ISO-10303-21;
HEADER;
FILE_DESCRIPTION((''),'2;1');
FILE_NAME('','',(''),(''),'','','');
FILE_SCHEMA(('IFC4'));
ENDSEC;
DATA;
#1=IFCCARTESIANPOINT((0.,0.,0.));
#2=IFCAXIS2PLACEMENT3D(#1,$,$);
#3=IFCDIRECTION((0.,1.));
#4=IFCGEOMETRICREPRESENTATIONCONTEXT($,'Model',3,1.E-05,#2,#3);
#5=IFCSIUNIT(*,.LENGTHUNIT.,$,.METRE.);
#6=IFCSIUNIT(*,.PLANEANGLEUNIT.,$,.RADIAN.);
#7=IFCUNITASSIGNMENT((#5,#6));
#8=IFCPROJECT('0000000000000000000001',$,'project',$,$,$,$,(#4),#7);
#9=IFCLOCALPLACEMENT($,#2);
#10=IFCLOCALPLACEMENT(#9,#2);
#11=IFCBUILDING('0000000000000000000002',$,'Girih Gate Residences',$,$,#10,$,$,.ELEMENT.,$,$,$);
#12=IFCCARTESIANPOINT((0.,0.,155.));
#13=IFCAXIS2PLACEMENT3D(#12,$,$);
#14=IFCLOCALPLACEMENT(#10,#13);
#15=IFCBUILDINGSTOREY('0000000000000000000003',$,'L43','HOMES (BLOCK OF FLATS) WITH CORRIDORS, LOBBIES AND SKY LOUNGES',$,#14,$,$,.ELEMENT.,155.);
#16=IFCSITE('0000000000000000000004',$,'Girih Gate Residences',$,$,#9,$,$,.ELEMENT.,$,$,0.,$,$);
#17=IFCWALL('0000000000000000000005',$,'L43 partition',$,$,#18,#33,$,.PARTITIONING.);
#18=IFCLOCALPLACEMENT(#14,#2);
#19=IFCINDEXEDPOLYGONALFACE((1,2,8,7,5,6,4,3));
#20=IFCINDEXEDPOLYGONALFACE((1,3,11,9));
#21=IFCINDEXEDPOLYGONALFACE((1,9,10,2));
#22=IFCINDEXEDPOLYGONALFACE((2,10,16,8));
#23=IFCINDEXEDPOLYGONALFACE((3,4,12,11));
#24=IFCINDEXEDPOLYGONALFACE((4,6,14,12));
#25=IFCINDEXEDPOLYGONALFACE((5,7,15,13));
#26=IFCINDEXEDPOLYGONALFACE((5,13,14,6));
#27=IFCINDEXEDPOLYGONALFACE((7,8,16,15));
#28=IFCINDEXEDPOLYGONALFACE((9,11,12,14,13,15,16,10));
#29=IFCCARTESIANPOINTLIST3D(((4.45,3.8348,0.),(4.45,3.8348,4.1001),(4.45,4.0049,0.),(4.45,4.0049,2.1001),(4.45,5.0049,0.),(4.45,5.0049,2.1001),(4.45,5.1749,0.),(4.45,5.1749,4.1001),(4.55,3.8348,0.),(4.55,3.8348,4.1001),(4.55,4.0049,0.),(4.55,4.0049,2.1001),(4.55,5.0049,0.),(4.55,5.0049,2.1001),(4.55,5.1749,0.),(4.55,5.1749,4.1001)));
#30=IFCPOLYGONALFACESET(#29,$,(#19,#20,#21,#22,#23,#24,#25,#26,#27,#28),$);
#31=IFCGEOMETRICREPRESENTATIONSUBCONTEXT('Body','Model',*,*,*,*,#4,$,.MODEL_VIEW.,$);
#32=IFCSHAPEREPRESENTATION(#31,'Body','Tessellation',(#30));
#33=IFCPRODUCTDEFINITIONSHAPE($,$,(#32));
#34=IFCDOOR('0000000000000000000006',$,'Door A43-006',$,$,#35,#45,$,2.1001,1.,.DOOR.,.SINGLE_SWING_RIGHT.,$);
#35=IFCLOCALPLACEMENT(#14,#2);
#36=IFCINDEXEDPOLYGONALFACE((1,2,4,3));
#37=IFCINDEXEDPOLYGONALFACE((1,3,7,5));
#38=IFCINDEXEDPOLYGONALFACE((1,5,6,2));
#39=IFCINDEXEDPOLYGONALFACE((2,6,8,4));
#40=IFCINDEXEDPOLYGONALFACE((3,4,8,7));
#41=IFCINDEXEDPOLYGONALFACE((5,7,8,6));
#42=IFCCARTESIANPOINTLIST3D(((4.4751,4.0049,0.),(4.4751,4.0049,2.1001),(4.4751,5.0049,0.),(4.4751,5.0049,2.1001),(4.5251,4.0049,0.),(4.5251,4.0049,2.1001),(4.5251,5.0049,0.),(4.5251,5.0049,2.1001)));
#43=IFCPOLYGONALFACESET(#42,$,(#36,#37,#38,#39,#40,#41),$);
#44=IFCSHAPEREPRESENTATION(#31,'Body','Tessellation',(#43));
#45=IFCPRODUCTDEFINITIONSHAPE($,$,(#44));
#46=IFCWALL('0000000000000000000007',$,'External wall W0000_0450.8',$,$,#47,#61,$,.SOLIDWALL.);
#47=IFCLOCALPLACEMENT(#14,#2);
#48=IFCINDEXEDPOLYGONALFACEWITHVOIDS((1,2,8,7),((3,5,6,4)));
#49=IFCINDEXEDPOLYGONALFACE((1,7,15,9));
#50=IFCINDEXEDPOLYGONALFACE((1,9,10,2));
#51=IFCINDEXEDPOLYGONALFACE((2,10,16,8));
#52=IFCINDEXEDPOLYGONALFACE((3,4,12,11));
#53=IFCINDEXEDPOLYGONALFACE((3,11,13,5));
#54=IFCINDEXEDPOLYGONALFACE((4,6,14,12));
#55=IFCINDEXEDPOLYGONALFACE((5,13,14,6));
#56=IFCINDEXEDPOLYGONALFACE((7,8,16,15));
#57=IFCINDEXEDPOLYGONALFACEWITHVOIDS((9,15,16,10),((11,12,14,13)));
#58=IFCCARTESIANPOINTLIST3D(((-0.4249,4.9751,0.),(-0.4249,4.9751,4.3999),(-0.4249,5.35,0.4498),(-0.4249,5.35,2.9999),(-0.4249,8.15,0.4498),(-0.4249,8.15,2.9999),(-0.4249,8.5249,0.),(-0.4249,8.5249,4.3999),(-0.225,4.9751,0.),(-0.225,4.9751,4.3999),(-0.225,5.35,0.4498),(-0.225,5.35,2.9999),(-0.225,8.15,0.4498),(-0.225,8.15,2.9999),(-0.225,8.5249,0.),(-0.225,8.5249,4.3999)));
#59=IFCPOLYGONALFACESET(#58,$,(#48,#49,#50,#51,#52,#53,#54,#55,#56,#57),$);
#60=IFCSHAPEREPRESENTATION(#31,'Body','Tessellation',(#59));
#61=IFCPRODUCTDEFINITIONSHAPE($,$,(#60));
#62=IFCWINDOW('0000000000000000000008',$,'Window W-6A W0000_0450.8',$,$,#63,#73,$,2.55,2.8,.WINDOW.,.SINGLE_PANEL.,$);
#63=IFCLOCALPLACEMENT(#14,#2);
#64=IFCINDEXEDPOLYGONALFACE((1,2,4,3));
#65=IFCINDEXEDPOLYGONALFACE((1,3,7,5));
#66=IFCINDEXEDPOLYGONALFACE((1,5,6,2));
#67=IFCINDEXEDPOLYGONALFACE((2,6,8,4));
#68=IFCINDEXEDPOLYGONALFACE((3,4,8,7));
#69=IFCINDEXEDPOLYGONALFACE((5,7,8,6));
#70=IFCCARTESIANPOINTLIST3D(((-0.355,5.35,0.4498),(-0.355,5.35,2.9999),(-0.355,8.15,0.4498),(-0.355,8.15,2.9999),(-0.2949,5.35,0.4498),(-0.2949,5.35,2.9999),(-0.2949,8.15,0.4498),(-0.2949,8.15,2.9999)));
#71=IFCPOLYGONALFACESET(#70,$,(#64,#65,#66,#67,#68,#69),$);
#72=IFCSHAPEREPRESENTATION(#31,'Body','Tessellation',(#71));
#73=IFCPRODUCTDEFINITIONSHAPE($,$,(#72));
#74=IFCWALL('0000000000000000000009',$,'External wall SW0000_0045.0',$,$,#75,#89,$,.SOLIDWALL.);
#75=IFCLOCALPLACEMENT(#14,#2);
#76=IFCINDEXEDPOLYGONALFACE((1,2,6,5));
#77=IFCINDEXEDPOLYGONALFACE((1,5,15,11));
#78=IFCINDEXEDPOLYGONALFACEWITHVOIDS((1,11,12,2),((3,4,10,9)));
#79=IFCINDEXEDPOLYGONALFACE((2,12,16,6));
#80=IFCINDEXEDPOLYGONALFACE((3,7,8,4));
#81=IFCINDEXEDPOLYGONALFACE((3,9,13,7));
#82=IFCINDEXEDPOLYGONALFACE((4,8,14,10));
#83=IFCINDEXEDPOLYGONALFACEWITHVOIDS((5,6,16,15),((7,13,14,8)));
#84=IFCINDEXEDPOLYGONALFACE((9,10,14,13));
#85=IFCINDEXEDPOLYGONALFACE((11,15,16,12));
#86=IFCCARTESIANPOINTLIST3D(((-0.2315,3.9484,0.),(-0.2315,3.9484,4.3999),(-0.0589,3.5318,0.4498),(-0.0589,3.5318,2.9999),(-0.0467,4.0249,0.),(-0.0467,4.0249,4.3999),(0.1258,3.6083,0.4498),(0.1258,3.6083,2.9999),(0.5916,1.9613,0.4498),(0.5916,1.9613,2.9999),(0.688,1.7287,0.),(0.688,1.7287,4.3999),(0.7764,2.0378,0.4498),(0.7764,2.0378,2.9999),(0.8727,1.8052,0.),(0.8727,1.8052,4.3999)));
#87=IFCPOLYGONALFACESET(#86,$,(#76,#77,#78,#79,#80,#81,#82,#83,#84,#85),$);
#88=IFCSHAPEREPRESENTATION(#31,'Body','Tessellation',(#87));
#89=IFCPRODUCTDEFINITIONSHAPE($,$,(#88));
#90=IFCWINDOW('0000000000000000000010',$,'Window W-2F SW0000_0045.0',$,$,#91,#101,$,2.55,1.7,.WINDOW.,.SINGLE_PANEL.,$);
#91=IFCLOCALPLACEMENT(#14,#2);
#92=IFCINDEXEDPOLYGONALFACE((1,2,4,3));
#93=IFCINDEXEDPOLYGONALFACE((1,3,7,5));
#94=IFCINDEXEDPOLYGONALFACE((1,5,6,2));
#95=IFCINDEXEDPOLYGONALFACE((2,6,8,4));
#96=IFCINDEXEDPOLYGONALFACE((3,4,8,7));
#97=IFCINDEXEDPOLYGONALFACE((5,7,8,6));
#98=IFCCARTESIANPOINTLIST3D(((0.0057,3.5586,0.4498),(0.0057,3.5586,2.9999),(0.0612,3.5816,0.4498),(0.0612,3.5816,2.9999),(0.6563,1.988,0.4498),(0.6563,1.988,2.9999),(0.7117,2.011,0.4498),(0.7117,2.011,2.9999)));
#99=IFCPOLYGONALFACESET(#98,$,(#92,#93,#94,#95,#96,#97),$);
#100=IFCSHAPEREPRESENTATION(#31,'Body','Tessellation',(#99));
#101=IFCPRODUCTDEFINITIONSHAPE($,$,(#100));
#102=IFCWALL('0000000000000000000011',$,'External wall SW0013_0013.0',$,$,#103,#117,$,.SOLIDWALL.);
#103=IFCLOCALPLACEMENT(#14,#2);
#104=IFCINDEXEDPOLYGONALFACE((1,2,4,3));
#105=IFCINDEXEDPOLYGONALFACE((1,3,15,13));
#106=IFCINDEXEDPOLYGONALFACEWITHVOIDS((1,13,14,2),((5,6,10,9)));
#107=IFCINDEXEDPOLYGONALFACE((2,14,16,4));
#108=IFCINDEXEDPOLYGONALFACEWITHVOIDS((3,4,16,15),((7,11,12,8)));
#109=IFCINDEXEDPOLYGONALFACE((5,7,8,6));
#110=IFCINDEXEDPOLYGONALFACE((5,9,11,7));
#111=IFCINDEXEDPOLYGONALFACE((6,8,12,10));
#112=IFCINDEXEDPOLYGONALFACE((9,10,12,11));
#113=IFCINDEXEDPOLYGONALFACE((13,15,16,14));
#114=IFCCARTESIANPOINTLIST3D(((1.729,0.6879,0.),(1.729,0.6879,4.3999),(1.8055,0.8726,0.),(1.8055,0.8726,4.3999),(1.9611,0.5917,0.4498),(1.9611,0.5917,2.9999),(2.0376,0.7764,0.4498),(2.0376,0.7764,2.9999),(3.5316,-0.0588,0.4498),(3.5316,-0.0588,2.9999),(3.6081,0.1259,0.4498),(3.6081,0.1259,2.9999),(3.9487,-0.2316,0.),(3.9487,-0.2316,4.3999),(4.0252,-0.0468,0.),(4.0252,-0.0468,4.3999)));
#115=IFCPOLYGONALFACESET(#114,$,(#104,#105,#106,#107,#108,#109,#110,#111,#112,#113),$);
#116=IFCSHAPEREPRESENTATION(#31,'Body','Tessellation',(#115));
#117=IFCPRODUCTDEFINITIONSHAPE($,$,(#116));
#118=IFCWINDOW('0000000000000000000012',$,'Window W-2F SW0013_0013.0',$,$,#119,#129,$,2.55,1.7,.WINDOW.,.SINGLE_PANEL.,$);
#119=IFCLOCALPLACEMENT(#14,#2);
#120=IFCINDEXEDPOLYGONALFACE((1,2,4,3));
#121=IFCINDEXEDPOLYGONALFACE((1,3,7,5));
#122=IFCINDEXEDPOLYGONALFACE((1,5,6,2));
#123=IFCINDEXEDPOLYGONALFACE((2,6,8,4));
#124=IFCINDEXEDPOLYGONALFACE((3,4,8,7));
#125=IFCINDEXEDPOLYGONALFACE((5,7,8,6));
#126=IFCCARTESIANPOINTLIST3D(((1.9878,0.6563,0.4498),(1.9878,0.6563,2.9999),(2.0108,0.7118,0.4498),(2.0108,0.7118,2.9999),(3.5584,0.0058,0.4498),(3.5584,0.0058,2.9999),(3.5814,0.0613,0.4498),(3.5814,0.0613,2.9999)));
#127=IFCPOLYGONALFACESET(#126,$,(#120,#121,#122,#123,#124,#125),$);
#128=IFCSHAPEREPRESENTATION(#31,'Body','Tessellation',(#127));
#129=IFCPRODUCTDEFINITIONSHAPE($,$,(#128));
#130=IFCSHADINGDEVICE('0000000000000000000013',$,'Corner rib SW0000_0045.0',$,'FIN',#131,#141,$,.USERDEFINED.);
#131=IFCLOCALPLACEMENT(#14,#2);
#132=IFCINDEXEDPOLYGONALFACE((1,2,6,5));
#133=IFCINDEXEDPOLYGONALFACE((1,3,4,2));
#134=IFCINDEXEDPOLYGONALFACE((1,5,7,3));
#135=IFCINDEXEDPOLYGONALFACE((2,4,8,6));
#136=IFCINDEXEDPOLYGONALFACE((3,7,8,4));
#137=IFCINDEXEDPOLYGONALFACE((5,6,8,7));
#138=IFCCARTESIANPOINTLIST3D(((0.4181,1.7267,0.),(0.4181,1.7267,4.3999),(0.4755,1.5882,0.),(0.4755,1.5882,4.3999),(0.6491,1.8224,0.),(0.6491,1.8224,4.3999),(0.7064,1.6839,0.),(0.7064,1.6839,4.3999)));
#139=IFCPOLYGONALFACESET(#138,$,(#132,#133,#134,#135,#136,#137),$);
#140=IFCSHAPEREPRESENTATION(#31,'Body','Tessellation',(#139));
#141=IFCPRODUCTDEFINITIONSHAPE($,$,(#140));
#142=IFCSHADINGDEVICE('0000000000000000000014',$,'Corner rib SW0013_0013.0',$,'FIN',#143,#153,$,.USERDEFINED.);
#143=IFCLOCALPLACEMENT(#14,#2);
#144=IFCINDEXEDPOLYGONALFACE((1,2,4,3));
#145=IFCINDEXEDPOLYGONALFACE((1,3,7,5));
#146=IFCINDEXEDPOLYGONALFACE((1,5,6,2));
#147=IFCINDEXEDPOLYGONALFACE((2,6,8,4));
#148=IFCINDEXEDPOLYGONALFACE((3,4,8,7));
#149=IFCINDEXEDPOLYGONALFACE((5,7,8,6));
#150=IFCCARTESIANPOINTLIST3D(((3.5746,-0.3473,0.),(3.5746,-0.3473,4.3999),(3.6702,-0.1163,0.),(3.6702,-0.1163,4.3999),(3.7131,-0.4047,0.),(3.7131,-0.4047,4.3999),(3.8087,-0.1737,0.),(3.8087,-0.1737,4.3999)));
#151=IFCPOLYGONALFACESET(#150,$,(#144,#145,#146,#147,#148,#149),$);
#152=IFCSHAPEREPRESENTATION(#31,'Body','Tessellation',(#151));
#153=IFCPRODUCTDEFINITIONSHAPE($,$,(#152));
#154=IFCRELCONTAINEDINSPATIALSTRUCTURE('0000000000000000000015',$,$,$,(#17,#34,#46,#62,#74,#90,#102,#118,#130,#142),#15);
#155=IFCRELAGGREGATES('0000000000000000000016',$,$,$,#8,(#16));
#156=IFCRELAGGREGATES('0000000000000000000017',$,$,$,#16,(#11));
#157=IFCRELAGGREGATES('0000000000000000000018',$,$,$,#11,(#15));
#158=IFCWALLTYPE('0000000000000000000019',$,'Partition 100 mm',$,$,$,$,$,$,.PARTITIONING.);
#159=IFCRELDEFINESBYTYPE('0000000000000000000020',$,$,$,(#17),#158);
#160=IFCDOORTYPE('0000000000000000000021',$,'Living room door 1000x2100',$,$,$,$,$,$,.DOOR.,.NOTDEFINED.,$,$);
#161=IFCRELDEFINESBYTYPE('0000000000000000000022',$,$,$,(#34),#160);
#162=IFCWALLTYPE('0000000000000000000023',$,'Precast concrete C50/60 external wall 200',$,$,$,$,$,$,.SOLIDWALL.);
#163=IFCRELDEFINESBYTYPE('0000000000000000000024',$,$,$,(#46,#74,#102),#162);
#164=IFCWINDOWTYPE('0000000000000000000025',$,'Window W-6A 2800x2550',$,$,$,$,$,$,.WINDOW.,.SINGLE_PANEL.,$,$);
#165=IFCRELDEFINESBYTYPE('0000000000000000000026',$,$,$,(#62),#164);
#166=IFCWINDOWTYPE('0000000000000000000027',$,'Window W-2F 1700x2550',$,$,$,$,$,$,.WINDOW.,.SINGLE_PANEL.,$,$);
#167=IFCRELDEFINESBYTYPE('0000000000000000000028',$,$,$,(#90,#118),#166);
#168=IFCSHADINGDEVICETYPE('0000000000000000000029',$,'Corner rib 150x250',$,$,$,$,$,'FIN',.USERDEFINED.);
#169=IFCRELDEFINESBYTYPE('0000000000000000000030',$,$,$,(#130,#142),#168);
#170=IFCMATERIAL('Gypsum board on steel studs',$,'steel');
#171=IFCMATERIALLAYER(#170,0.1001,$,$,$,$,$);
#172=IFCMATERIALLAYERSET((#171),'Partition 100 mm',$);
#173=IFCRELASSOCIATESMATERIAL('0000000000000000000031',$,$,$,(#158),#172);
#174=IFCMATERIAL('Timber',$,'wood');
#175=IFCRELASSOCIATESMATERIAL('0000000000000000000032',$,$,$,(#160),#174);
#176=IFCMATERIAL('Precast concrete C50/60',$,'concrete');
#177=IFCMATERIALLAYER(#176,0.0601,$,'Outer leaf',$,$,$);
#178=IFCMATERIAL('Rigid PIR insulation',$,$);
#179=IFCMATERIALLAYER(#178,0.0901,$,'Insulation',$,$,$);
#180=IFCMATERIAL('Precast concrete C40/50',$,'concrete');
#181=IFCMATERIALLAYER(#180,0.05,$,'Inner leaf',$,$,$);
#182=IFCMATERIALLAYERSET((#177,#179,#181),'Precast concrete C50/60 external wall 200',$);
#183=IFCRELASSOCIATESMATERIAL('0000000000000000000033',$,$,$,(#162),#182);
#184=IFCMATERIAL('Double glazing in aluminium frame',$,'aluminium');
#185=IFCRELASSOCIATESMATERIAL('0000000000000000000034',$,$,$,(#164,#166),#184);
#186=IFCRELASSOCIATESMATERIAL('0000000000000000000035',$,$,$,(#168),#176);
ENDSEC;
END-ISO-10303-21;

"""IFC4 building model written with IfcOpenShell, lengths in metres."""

from ifc_helpers import new_model, si_unit, direction, frame, frame_2d, origin, origin_2d, place, context, subcontext, project, spatial, rectangle, extrude, material, layer, layer_set, type_object, element, fill, save


model = new_model("IFC4")

# Units and contexts
model_context = context("Model", 3, precision=1e-05, world=origin(), true_north=direction((0.0, 1.0)))
body_context = subcontext(model_context, "Body", "Model", "MODEL_VIEW")
ifc_project = project(units=[si_unit("LENGTHUNIT", "METRE"), si_unit("PLANEANGLEUNIT", "RADIAN")], contexts=[model_context])

# Site, building, storey
site_placement = place(None, origin())
site = spatial("IfcSite", under=ifc_project, at=site_placement, Name="Girih Gate Residences", CompositionType="ELEMENT", RefElevation=0.0)
building_placement = place(site_placement, origin())
building = spatial("IfcBuilding", under=site, at=building_placement, Name="Girih Gate Residences", CompositionType="ELEMENT")
storey_placement = place(building_placement, frame((0.0, 0.0, 155.0)))
storey = spatial("IfcBuildingStorey", under=building, at=storey_placement, Name="L43", Description="HOMES (BLOCK OF FLATS) WITH CORRIDORS, LOBBIES AND SKY LOUNGES", CompositionType="ELEMENT", Elevation=155.0)

# Shared definitions
ifc_material_1 = material(Name="Gypsum board on steel studs", Category="steel")
ifc_layer_1 = layer(ifc_material_1, 0.1001)
ifc_layer_set_1 = layer_set([ifc_layer_1], Name="Partition 100 mm")
wall_type_1 = type_object("IfcWallType", Name="Partition 100 mm", PredefinedType="PARTITIONING", material=ifc_layer_set_1)

# Wall, opening, door
wall_1_placement = place(storey_placement, frame((4.5, 3.835, 0.0), z_axis=(0.0, 0.0, 1.0), x_axis=(0.0, 1.0, 0.0)))
wall_1 = element("IfcWall", 1, at=wall_1_placement, inside=storey, type_object=wall_type_1, Name="L43 partition", PredefinedType="PARTITIONING", context=body_context, shape_type="SweptSolid", body=[
    extrude(rectangle(XDim=1.3401, YDim=0.1001, at=frame_2d((0.6699, 0.0))), origin(), (0.0, 0.0, 1.0), 4.1001),
])
opening_1_placement = place(wall_1_placement, frame((0.1699, 0.0, 0.0)))
opening_1 = element("IfcOpeningElement", 2, at=opening_1_placement, cuts=wall_1, PredefinedType="OPENING", context=body_context, shape_type="SweptSolid", body=[
    extrude(rectangle(XDim=1.0, YDim=2.1001, at=frame_2d((0.5, 1.05))), frame((0.0, 0.0601, 0.0), z_axis=(0.0, -1.0, 0.0), x_axis=(1.0, 0.0, 0.0)), (0.0, 0.0, 1.0), 0.1201),
])
ifc_material_2 = material(Name="Timber", Category="wood")
door_type = type_object("IfcDoorType", Name="Living room door 1000x2100", OperationType="NOTDEFINED", PredefinedType="DOOR", material=ifc_material_2)
door_placement = place(opening_1_placement, origin())
door = element("IfcDoor", 3, at=door_placement, inside=storey, type_object=door_type, Name="Door A43-006", OperationType="SINGLE_SWING_RIGHT", OverallHeight=2.1001, OverallWidth=1.0, PredefinedType="DOOR", context=body_context, shape_type="SweptSolid", body=[
    extrude(rectangle(XDim=1.0, YDim=2.1001, at=frame_2d((0.5, 1.05))), frame((0.0, 0.0249, 0.0), z_axis=(0.0, -1.0, 0.0), x_axis=(1.0, 0.0, 0.0)), (0.0, 0.0, 1.0), 0.05),
])
fill(opening_1, door)

# Walls, openings, windows
ifc_material_3 = material(Name="Precast concrete C50/60", Category="concrete")
ifc_layer_2 = layer(ifc_material_3, 0.0601, Name="Outer leaf")
ifc_material_4 = material(Name="Rigid PIR insulation")
ifc_layer_3 = layer(ifc_material_4, 0.0901, Name="Insulation")
ifc_material_5 = material(Name="Precast concrete C40/50", Category="concrete")
ifc_layer_4 = layer(ifc_material_5, 0.05, Name="Inner leaf")
ifc_layer_set_2 = layer_set([ifc_layer_2, ifc_layer_3, ifc_layer_4], Name="Precast concrete C50/60 external wall 200")
wall_type_2 = type_object("IfcWallType", Name="Precast concrete C50/60 external wall 200", PredefinedType="SOLIDWALL", material=ifc_layer_set_2)
wall_2_placement = place(storey_placement, frame((-0.325, 4.9751, 0.0), z_axis=(0.0, 0.0, 1.0), x_axis=(0.0, 1.0, 0.0)))
wall_2 = element("IfcWall", 4, at=wall_2_placement, inside=storey, type_object=wall_type_2, Name="External wall W0000_0450.8", PredefinedType="SOLIDWALL", context=body_context, shape_type="SweptSolid", body=[
    extrude(rectangle(XDim=3.5498, YDim=0.2, at=frame_2d((1.7749, 0.0))), origin(), (0.0, 0.0, 1.0), 4.3999),
])
opening_2_placement = place(wall_2_placement, frame((0.375, 0.0, 0.45)))
opening_2 = element("IfcOpeningElement", 5, at=opening_2_placement, cuts=wall_2, PredefinedType="OPENING", context=body_context, shape_type="SweptSolid", body=[
    extrude(rectangle(XDim=2.8, YDim=2.55, at=frame_2d((1.3999, 1.2749))), frame((0.0, 0.1099, 0.0), z_axis=(0.0, -1.0, 0.0), x_axis=(1.0, 0.0, 0.0)), (0.0, 0.0, 1.0), 0.22),
])
ifc_material_6 = material(Name="Double glazing in aluminium frame", Category="aluminium")
window_type_1 = type_object("IfcWindowType", Name="Window W-6A 2800x2550", PartitioningType="SINGLE_PANEL", PredefinedType="WINDOW", material=ifc_material_6)
window_1_placement = place(opening_2_placement, origin())
window_1 = element("IfcWindow", 6, at=window_1_placement, inside=storey, type_object=window_type_1, Name="Window W-6A W0000_0450.8", OverallHeight=2.55, OverallWidth=2.8, PartitioningType="SINGLE_PANEL", PredefinedType="WINDOW", context=body_context, shape_type="SweptSolid", body=[
    extrude(rectangle(XDim=2.8, YDim=2.55, at=frame_2d((1.3999, 1.2749))), frame((0.0, 0.03, 0.0), z_axis=(0.0, -1.0, 0.0), x_axis=(1.0, 0.0, 0.0)), (0.0, 0.0, 1.0), 0.0601),
])
fill(opening_2, window_1)
wall_3_placement = place(storey_placement, frame((0.7803, 1.7671, 0.0), z_axis=(0.0, 0.0, 1.0), x_axis=(-0.382681, 0.923881, 0.0)))
wall_3 = element("IfcWall", 7, at=wall_3_placement, inside=storey, type_object=wall_type_2, Name="External wall SW0000_0045.0", PredefinedType="SOLIDWALL", context=body_context, shape_type="SweptSolid", body=[
    extrude(rectangle(XDim=2.4026, YDim=0.2, at=frame_2d((1.2012, 0.0))), origin(), (0.0, 0.0, 1.0), 4.3999),
])
opening_3_placement = place(wall_3_placement, frame((0.2515, 0.0, 0.45)))
opening_3 = element("IfcOpeningElement", 8, at=opening_3_placement, cuts=wall_3, PredefinedType="OPENING", context=body_context, shape_type="SweptSolid", body=[
    extrude(rectangle(XDim=1.7, YDim=2.55, at=frame_2d((0.8501, 1.2749))), frame((0.0, 0.1099, 0.0), z_axis=(0.0, -1.0, 0.0), x_axis=(1.0, 0.0, 0.0)), (0.0, 0.0, 1.0), 0.22),
])
window_type_2 = type_object("IfcWindowType", Name="Window W-2F 1700x2550", PartitioningType="SINGLE_PANEL", PredefinedType="WINDOW", material=ifc_material_6)
window_2_placement = place(opening_3_placement, origin())
window_2 = element("IfcWindow", 9, at=window_2_placement, inside=storey, type_object=window_type_2, Name="Window W-2F SW0000_0045.0", OverallHeight=2.55, OverallWidth=1.7, PartitioningType="SINGLE_PANEL", PredefinedType="WINDOW", context=body_context, shape_type="SweptSolid", body=[
    extrude(rectangle(XDim=1.7, YDim=2.55, at=frame_2d((0.8501, 1.2749))), frame((0.0, 0.03, 0.0), z_axis=(0.0, -1.0, 0.0), x_axis=(1.0, 0.0, 0.0)), (0.0, 0.0, 1.0), 0.0601),
])
fill(opening_3, window_2)
wall_4_placement = place(storey_placement, frame((3.9868, -0.1392, 0.0), z_axis=(0.0, 0.0, 1.0), x_axis=(-0.923881, 0.382681, 0.0)))
wall_4 = element("IfcWall", 10, at=wall_4_placement, inside=storey, type_object=wall_type_2, Name="External wall SW0013_0013.0", PredefinedType="SOLIDWALL", context=body_context, shape_type="SweptSolid", body=[
    extrude(rectangle(XDim=2.4026, YDim=0.2, at=frame_2d((1.2012, 0.0))), origin(), (0.0, 0.0, 1.0), 4.3999),
])
opening_4_placement = place(wall_4_placement, frame((0.4512, 0.0, 0.45)))
opening_4 = element("IfcOpeningElement", 11, at=opening_4_placement, cuts=wall_4, PredefinedType="OPENING", context=body_context, shape_type="SweptSolid", body=[
    extrude(rectangle(XDim=1.7, YDim=2.55, at=frame_2d((0.8501, 1.2749))), frame((0.0, 0.1099, 0.0), z_axis=(0.0, -1.0, 0.0), x_axis=(1.0, 0.0, 0.0)), (0.0, 0.0, 1.0), 0.22),
])
window_3_placement = place(opening_4_placement, origin())
window_3 = element("IfcWindow", 12, at=window_3_placement, inside=storey, type_object=window_type_2, Name="Window W-2F SW0013_0013.0", OverallHeight=2.55, OverallWidth=1.7, PartitioningType="SINGLE_PANEL", PredefinedType="WINDOW", context=body_context, shape_type="SweptSolid", body=[
    extrude(rectangle(XDim=1.7, YDim=2.55, at=frame_2d((0.8501, 1.2749))), frame((0.0, 0.03, 0.0), z_axis=(0.0, -1.0, 0.0), x_axis=(1.0, 0.0, 0.0)), (0.0, 0.0, 1.0), 0.0601),
])
fill(opening_4, window_3)

# Shading devices
shading_device_type = type_object("IfcShadingDeviceType", Name="Corner rib 150x250", ElementType="FIN", PredefinedType="USERDEFINED", material=ifc_material_3)
for number, where, z_axis, x_axis, name in (
    (13, (0.5623, 1.7053, 0.0), (0.0, 0.0, 1.0), (0.382683, -0.92388, 0.0), "Corner rib SW0000_0045.0"),
    (14, (3.6917, -0.2605, 0.0), (0.0, 0.0, 1.0), (0.92388, -0.382683, 0.0), "Corner rib SW0013_0013.0"),
):
    element("IfcShadingDevice", number, at=place(storey_placement, frame(where, z_axis=z_axis, x_axis=x_axis)), inside=storey, type_object=shading_device_type, Name=name, ObjectType="FIN", PredefinedType="USERDEFINED", context=body_context, shape_type="SweptSolid", body=[
        extrude(rectangle(XDim=0.1499, YDim=0.25, at=origin_2d()), origin(), (0.0, 0.0, 1.0), 4.3999),
    ])

save(model, "model.ifc")
